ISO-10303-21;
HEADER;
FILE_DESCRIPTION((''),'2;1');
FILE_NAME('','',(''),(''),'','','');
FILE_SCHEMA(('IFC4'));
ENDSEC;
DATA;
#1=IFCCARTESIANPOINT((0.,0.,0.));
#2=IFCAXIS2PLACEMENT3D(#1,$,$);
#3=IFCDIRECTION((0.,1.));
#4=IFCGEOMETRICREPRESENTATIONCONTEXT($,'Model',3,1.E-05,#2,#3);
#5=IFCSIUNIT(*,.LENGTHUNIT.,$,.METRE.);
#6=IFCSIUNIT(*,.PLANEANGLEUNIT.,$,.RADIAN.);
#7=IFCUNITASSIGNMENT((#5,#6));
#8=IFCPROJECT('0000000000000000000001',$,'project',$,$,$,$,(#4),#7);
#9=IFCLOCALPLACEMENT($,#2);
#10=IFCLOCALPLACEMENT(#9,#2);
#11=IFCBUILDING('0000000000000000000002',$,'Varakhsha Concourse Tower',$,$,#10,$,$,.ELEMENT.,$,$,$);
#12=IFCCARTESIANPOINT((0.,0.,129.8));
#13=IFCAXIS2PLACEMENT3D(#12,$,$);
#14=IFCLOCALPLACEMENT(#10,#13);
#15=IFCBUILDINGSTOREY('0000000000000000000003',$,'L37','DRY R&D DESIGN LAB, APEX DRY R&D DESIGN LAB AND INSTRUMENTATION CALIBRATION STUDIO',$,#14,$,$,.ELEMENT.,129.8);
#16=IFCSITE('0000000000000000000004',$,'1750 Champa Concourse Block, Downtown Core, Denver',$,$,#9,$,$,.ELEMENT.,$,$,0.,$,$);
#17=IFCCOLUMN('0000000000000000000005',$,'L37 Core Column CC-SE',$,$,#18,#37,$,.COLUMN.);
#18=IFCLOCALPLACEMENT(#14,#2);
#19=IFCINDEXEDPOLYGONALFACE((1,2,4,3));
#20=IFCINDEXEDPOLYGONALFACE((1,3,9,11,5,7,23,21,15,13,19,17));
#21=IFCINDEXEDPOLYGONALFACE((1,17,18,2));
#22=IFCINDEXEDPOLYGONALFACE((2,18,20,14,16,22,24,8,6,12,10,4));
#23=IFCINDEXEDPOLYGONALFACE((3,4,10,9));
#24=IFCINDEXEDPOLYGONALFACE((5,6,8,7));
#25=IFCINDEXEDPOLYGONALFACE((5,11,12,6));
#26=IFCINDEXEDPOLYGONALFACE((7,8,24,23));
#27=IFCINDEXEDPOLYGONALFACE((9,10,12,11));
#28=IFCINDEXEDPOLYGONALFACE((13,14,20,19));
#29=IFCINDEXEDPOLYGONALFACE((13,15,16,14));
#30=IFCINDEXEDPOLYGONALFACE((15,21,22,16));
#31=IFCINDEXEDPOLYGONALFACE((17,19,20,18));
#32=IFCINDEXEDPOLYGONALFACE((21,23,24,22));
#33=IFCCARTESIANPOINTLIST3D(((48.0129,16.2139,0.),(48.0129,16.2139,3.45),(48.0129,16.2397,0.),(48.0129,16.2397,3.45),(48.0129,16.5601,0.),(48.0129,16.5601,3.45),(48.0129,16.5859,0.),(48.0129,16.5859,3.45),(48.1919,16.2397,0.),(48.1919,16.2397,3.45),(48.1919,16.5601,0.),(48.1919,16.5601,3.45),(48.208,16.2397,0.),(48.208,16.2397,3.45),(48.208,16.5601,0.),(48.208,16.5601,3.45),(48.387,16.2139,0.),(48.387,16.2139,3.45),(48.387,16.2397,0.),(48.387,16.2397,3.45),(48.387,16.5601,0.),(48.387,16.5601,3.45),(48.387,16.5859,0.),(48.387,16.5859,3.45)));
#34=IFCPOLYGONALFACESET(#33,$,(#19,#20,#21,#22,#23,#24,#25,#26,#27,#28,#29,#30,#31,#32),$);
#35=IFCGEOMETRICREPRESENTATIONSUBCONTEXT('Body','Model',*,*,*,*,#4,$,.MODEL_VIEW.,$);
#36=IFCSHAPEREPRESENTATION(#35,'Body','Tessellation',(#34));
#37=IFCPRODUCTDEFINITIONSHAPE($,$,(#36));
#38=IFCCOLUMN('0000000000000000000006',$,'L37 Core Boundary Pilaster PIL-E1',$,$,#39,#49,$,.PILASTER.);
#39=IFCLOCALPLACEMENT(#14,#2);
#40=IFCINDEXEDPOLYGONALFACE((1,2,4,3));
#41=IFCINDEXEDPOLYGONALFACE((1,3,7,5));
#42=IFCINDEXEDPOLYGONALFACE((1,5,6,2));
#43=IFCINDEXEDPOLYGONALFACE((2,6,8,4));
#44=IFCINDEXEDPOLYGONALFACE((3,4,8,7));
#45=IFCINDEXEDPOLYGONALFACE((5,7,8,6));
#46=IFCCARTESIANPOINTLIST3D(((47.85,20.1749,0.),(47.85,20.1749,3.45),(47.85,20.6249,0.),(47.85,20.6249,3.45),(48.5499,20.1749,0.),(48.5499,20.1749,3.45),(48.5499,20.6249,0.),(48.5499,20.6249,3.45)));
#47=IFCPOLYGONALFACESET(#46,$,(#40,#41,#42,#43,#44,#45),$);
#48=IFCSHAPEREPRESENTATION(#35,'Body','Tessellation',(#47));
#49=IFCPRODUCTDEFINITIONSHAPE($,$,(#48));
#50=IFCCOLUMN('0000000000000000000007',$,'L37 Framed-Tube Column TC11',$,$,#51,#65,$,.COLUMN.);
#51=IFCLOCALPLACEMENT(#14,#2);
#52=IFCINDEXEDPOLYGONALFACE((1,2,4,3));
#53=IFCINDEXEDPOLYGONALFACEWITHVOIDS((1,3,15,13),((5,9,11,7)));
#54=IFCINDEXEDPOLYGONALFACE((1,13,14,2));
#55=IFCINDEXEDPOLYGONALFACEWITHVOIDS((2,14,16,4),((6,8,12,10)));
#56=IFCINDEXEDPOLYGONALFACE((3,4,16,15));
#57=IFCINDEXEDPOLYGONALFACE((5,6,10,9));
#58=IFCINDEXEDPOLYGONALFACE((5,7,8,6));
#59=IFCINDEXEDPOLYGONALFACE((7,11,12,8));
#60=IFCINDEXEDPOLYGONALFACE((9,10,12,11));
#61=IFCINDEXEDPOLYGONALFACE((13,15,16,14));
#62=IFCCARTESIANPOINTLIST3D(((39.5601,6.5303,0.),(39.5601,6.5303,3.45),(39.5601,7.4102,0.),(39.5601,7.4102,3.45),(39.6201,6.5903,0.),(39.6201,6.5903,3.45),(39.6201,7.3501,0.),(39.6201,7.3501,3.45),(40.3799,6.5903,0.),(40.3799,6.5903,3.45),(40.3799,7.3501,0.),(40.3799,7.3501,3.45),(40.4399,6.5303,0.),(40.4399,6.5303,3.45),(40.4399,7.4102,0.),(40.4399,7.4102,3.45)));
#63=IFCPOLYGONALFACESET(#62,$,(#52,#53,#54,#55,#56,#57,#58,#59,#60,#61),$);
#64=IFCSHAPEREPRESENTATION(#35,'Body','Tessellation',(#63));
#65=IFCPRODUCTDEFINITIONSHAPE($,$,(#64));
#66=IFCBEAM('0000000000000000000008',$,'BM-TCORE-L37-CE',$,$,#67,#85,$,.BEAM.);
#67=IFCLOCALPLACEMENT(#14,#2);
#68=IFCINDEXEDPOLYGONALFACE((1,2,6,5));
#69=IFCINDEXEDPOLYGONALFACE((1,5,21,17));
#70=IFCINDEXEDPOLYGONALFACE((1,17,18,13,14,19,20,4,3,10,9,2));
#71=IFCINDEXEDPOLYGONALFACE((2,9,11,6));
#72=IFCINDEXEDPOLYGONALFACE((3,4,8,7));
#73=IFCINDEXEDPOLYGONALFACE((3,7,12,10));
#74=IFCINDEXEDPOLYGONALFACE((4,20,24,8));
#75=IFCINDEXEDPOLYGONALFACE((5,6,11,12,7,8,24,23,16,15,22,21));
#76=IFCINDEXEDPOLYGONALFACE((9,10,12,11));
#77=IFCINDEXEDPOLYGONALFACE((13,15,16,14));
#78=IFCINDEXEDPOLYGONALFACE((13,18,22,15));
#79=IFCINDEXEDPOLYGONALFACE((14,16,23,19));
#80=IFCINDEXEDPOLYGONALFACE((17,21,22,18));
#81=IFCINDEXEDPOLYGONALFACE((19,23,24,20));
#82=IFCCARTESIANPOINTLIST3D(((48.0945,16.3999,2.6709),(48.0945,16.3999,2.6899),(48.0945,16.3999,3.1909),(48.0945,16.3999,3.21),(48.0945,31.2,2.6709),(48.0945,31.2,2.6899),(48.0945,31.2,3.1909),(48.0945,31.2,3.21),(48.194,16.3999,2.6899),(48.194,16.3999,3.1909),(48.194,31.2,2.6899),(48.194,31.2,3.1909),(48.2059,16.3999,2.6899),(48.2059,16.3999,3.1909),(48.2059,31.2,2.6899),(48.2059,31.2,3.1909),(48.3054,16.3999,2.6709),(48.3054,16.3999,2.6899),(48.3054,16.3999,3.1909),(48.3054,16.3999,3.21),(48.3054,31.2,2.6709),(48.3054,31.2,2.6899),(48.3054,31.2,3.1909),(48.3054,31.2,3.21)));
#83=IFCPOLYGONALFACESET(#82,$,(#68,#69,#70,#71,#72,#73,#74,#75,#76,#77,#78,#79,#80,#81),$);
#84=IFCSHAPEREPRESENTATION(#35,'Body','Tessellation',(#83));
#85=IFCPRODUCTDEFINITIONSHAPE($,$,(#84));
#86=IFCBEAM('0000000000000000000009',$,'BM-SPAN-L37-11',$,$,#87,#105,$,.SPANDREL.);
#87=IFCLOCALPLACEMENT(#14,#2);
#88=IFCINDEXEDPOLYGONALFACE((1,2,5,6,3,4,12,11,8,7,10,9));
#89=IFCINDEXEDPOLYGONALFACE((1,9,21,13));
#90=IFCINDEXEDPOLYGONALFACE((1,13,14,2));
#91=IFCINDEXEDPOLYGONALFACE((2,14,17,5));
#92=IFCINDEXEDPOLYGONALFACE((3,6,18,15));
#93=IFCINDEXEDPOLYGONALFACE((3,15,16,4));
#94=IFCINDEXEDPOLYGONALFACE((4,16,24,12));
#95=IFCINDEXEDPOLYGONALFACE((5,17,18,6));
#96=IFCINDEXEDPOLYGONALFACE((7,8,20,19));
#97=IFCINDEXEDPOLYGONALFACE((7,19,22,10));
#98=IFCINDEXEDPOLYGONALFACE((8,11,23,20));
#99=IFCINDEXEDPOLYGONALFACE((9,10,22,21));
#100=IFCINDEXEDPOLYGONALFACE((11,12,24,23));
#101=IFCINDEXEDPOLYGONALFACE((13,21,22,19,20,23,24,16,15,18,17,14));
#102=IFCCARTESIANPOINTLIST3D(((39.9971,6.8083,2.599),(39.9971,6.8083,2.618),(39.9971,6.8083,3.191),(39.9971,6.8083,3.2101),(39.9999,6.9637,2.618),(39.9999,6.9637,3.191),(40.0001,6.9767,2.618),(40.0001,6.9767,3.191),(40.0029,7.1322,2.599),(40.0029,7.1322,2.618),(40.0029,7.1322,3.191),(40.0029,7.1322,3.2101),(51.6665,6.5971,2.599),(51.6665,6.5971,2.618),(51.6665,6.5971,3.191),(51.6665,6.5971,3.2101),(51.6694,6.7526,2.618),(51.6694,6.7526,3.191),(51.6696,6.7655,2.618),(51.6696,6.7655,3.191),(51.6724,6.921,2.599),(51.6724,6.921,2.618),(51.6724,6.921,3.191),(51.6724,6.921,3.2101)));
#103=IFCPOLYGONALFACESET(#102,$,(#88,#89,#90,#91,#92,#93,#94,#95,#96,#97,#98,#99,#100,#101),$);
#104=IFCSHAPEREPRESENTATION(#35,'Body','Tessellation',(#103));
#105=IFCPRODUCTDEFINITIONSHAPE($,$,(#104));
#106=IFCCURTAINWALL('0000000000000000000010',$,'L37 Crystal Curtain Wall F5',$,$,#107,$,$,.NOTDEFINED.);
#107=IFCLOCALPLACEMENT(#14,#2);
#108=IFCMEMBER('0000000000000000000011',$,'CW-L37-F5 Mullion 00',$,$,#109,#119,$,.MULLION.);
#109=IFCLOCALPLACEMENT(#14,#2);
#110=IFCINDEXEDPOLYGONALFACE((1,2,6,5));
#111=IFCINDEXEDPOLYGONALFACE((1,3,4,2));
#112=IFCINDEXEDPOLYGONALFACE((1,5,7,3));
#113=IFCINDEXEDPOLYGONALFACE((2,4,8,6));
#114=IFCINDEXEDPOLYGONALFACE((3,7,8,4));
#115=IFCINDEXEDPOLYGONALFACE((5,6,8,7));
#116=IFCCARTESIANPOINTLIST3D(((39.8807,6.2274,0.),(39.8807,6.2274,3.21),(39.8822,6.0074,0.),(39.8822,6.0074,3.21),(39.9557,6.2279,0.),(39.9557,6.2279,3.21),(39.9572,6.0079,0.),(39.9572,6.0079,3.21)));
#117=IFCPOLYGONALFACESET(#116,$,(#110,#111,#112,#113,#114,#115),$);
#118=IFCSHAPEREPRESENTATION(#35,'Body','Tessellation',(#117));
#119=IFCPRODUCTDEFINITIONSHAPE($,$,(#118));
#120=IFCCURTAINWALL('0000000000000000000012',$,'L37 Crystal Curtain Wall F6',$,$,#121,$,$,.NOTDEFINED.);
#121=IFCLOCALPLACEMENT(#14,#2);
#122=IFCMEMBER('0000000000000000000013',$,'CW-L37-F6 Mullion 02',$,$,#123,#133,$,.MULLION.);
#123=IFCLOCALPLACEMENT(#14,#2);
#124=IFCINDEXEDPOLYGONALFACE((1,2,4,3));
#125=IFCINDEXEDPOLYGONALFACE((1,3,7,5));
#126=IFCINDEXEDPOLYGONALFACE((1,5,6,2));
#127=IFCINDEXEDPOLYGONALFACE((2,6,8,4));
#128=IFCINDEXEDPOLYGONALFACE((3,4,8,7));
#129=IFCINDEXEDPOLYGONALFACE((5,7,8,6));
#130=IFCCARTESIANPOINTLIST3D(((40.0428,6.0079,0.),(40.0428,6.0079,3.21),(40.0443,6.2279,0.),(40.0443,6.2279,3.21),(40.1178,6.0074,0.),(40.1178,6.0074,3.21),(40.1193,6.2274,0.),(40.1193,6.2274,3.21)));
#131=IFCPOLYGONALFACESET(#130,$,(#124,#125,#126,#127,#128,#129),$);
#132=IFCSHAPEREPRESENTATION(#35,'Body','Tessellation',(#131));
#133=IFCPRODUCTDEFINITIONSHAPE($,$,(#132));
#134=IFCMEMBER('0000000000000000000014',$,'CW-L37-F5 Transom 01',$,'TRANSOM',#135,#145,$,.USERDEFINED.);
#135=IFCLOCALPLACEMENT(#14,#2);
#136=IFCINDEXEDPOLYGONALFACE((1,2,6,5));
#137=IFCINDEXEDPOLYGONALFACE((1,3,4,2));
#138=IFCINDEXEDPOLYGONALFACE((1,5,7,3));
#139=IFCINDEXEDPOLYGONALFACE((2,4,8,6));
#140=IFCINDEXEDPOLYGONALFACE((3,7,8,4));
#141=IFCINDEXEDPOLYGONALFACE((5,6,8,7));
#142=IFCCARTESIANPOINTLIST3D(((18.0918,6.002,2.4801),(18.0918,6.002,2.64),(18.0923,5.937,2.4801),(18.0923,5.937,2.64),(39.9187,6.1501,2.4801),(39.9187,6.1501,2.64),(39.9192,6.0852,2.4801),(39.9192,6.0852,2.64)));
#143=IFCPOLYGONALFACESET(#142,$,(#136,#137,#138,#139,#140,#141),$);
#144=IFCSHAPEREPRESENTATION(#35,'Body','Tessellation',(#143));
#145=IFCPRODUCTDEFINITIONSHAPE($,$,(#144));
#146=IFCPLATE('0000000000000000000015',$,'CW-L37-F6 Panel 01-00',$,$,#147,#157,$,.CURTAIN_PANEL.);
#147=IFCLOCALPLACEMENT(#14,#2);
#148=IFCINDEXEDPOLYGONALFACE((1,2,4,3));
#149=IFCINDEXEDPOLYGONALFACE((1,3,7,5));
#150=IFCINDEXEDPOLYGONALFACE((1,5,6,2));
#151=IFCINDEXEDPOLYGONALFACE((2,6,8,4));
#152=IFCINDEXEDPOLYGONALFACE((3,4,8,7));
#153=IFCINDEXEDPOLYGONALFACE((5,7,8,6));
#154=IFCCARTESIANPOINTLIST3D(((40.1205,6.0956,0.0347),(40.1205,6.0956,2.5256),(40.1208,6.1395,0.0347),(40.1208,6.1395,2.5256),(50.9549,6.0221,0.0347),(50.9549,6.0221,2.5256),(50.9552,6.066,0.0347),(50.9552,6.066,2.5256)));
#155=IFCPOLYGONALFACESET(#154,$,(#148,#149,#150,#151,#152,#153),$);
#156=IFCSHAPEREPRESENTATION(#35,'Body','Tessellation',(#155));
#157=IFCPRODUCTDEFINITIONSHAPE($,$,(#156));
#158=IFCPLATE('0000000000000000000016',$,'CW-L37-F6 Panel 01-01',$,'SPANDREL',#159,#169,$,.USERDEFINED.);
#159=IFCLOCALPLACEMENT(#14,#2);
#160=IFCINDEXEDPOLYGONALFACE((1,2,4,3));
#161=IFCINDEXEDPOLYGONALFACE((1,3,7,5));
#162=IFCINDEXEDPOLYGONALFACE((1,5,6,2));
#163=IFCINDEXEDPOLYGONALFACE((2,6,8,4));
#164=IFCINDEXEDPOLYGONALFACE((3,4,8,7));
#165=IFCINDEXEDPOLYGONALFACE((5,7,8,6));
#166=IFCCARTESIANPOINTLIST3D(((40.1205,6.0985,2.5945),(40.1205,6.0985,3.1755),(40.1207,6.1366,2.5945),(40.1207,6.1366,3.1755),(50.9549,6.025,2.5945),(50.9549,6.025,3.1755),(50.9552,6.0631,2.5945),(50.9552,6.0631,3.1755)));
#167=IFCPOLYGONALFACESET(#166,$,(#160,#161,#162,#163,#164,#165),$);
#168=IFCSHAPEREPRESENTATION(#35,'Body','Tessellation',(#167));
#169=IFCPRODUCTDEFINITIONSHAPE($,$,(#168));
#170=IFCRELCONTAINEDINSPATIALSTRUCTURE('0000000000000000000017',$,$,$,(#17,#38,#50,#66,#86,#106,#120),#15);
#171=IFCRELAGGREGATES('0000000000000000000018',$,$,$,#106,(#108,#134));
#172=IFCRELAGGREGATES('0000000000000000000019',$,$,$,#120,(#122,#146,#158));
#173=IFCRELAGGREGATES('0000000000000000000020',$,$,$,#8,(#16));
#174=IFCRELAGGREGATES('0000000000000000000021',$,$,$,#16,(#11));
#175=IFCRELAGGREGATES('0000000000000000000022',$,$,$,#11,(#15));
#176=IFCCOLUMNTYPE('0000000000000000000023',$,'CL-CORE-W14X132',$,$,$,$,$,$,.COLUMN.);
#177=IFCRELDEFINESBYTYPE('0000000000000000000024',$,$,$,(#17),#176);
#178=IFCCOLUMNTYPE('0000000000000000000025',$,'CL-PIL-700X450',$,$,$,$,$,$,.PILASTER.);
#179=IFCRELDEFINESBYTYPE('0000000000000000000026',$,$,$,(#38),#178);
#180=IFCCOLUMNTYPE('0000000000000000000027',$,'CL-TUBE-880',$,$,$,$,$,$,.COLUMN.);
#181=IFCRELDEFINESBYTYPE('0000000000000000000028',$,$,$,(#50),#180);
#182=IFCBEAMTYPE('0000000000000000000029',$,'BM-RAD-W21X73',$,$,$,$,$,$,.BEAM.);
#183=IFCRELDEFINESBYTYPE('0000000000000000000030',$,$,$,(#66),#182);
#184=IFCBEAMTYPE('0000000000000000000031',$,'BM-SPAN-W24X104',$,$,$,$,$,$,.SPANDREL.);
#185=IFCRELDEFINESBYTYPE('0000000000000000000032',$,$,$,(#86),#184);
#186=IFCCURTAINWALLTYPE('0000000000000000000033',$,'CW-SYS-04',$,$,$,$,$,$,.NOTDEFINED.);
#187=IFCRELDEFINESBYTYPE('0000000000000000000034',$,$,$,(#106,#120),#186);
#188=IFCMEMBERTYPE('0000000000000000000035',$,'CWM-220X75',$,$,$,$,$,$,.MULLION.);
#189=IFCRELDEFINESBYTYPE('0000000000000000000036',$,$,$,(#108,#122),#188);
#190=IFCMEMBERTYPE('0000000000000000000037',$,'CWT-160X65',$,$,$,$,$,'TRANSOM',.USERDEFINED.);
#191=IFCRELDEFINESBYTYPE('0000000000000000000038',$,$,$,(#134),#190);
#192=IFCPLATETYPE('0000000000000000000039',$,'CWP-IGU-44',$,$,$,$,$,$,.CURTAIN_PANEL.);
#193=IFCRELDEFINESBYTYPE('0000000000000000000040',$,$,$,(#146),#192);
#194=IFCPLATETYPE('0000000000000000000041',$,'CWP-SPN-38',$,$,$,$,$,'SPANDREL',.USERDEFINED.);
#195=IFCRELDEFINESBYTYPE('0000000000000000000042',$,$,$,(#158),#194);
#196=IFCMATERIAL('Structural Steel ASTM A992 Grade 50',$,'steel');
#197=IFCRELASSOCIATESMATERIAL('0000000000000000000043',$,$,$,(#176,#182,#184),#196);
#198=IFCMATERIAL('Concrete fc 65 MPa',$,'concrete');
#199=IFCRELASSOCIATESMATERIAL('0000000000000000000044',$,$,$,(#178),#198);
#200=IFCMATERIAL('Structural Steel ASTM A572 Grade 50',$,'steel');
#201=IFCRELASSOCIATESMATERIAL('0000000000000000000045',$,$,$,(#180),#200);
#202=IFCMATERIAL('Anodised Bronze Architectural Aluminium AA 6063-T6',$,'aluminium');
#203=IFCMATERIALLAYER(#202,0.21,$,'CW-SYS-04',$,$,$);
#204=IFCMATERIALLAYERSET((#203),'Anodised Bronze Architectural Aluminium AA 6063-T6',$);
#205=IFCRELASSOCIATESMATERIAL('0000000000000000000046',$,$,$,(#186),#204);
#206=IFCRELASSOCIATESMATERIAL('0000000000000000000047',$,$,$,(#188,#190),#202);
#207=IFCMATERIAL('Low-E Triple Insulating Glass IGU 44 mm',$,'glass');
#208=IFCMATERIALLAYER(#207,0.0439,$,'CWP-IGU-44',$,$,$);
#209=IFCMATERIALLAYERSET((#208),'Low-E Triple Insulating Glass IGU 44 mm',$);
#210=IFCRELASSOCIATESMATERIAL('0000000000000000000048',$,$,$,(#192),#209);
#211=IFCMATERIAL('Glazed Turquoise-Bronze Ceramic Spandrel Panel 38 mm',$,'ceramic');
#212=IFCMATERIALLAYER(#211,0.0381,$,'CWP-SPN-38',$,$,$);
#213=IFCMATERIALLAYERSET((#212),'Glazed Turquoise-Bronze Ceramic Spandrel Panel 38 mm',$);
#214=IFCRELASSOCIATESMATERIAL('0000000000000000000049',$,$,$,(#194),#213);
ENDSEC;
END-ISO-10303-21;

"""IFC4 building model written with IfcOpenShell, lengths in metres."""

from ifc_helpers import new_model, si_unit, direction, frame, origin, origin_2d, place, context, subcontext, project, spatial, rectangle, hollow_rectangle, i_section, extrude, source, transform, mapped, material, layer, layer_set, material_profile, profile_set, type_object, type_shapes, element, aggregate, save


model = new_model("IFC4")

# Units and contexts
model_context = context("Model", 3, precision=1e-05, world=origin(), true_north=direction((0.0, 1.0)))
body_context = subcontext(model_context, "Body", "Model", "MODEL_VIEW")
ifc_project = project(units=[si_unit("LENGTHUNIT", "METRE"), si_unit("PLANEANGLEUNIT", "RADIAN")], contexts=[model_context])

# Site, building, storey
site_placement = place(None, origin())
site = spatial("IfcSite", under=ifc_project, at=site_placement, Name="1750 Champa Concourse Block, Downtown Core, Denver", CompositionType="ELEMENT", RefElevation=0.0)
building_placement = place(site_placement, origin())
building = spatial("IfcBuilding", under=site, at=building_placement, Name="Varakhsha Concourse Tower", CompositionType="ELEMENT")
storey_placement = place(building_placement, frame((0.0, 0.0, 129.8)))
storey = spatial("IfcBuildingStorey", under=building, at=storey_placement, Name="L37", Description="DRY R&D DESIGN LAB, APEX DRY R&D DESIGN LAB AND INSTRUMENTATION CALIBRATION STUDIO", CompositionType="ELEMENT", Elevation=129.8)

# Columns
ifc_material_1 = material(Name="Structural Steel ASTM A992 Grade 50", Category="steel")
ifc_material_profile_1 = material_profile(ifc_material_1, i_section(OverallWidth=0.374, OverallDepth=0.3721, WebThickness=0.0161, FlangeThickness=0.0259, at=origin_2d()), Name="W14X132")
ifc_profile_set_1 = profile_set([ifc_material_profile_1], Name="Structural Steel ASTM A992 Grade 50")
column_type_1 = type_object("IfcColumnType", Name="CL-CORE-W14X132", PredefinedType="COLUMN", material=ifc_profile_set_1)
column_1_placement = place(storey_placement, frame((48.2, 16.3999, 0.0), z_axis=(0.0, 0.0, 1.0), x_axis=(1.0, 0.0, 0.0)))
element("IfcColumn", 1, at=column_1_placement, inside=storey, type_object=column_type_1, Name="L37 Core Column CC-SE", PredefinedType="COLUMN", context=body_context, shape_type="SweptSolid", body=[
    extrude(i_section(OverallWidth=0.374, OverallDepth=0.3721, WebThickness=0.0161, FlangeThickness=0.0259, at=origin_2d()), origin(), (0.0, 0.0, 1.0), 3.45),
])
ifc_material_2 = material(Name="Concrete fc 65 MPa", Category="concrete")
ifc_material_profile_2 = material_profile(ifc_material_2, rectangle(XDim=0.7, YDim=0.45, at=origin_2d()), Name="RC 700x450")
ifc_profile_set_2 = profile_set([ifc_material_profile_2], Name="Concrete fc 65 MPa")
column_type_2 = type_object("IfcColumnType", Name="CL-PIL-700X450", PredefinedType="PILASTER", material=ifc_profile_set_2)
column_2_placement = place(storey_placement, frame((48.2, 20.3999, 0.0), z_axis=(0.0, 0.0, 1.0), x_axis=(1.0, 0.0, 0.0)))
element("IfcColumn", 2, at=column_2_placement, inside=storey, type_object=column_type_2, Name="L37 Core Boundary Pilaster PIL-E1", PredefinedType="PILASTER", context=body_context, shape_type="SweptSolid", body=[
    extrude(rectangle(XDim=0.7, YDim=0.45, at=origin_2d()), origin(), (0.0, 0.0, 1.0), 3.45),
])
ifc_material_3 = material(Name="Structural Steel ASTM A572 Grade 50", Category="steel")
ifc_material_profile_3 = material_profile(ifc_material_3, hollow_rectangle(XDim=0.8799, YDim=0.8799, WallThickness=0.0601, at=origin_2d()), Name="BOX 880x880x60")
ifc_profile_set_3 = profile_set([ifc_material_profile_3], Name="Structural Steel ASTM A572 Grade 50")
column_type_3 = type_object("IfcColumnType", Name="CL-TUBE-880", PredefinedType="COLUMN", material=ifc_profile_set_3)
column_3_placement = place(storey_placement, frame((40.0, 6.9702, 0.0), z_axis=(0.0, 0.0, 1.0), x_axis=(1.0, 0.0, 0.0)))
element("IfcColumn", 3, at=column_3_placement, inside=storey, type_object=column_type_3, Name="L37 Framed-Tube Column TC11", PredefinedType="COLUMN", context=body_context, shape_type="SweptSolid", body=[
    extrude(hollow_rectangle(XDim=0.8799, YDim=0.8799, WallThickness=0.0601, at=origin_2d()), origin(), (0.0, 0.0, 1.0), 3.45),
])

# Beams
ifc_material_profile_4 = material_profile(ifc_material_1, i_section(OverallWidth=0.2109, OverallDepth=0.5391, WebThickness=0.012, FlangeThickness=0.019, at=origin_2d()), Name="W21X73")
ifc_profile_set_4 = profile_set([ifc_material_profile_4], Name="Structural Steel ASTM A992 Grade 50")
beam_type_1 = type_object("IfcBeamType", Name="BM-RAD-W21X73", PredefinedType="BEAM", material=ifc_profile_set_4)
beam_1_placement = place(storey_placement, frame((48.2, 16.3999, 2.9404), z_axis=(0.0, 1.0, 0.0), x_axis=(-1.0, 0.0, 0.0)))
element("IfcBeam", 4, at=beam_1_placement, inside=storey, type_object=beam_type_1, Name="BM-TCORE-L37-CE", PredefinedType="BEAM", context=body_context, shape_type="SweptSolid", body=[
    extrude(i_section(OverallWidth=0.2109, OverallDepth=0.5391, WebThickness=0.012, FlangeThickness=0.019, at=origin_2d()), origin(), (0.0, 0.0, 1.0), 14.8),
])
ifc_material_profile_5 = material_profile(ifc_material_1, i_section(OverallWidth=0.324, OverallDepth=0.6111, WebThickness=0.0129, FlangeThickness=0.019, at=origin_2d()), Name="W24X104")
ifc_profile_set_5 = profile_set([ifc_material_profile_5], Name="Structural Steel ASTM A992 Grade 50")
beam_type_2 = type_object("IfcBeamType", Name="BM-SPAN-W24X104", PredefinedType="SPANDREL", material=ifc_profile_set_5)
beam_2_placement = place(storey_placement, frame((40.0, 6.9702, 2.9045), z_axis=(0.999836, -0.018094, 0.0), x_axis=(0.018094, 0.999836, 0.0)))
element("IfcBeam", 5, at=beam_2_placement, inside=storey, type_object=beam_type_2, Name="BM-SPAN-L37-11", PredefinedType="SPANDREL", context=body_context, shape_type="SweptSolid", body=[
    extrude(i_section(OverallWidth=0.324, OverallDepth=0.6111, WebThickness=0.0129, FlangeThickness=0.019, at=origin_2d()), origin(), (0.0, 0.0, 1.0), 11.6714),
])

# Curtain walls, members
ifc_material_4 = material(Name="Anodised Bronze Architectural Aluminium AA 6063-T6", Category="aluminium")
ifc_layer_1 = layer(ifc_material_4, 0.21, Name="CW-SYS-04")
ifc_layer_set_1 = layer_set([ifc_layer_1], Name="Anodised Bronze Architectural Aluminium AA 6063-T6")
curtain_wall_type = type_object("IfcCurtainWallType", Name="CW-SYS-04", PredefinedType="NOTDEFINED", material=ifc_layer_set_1)
curtain_wall_1_placement = place(storey_placement, origin())
curtain_wall_1 = element("IfcCurtainWall", 6, at=curtain_wall_1_placement, inside=storey, type_object=curtain_wall_type, Name="L37 Crystal Curtain Wall F5", PredefinedType="NOTDEFINED")
ifc_material_profile_6 = material_profile(ifc_material_4, rectangle(XDim=0.075, YDim=0.22, at=origin_2d()), Name="CWM-220X75")
ifc_profile_set_6 = profile_set([ifc_material_profile_6], Name="Anodised Bronze Architectural Aluminium AA 6063-T6")
member_type_1 = type_object("IfcMemberType", Name="CWM-220X75", PredefinedType="MULLION", material=ifc_profile_set_6)
shared_shape_1 = source(origin(), body_context, "Body", "SweptSolid", [
    extrude(rectangle(XDim=0.075, YDim=0.22, at=origin_2d()), origin(), (0.0, 0.0, 1.0), 3.21),
])
type_shapes(member_type_1, [shared_shape_1])
member_1_placement = place(storey_placement, frame((39.9189, 6.1177, 0.0), z_axis=(0.0, 0.0, 1.0), x_axis=(-0.999977, -0.006786, 0.0)))
member_1 = element("IfcMember", 7, at=member_1_placement, type_object=member_type_1, Name="CW-L37-F5 Mullion 00", PredefinedType="MULLION", context=body_context, shape_type="MappedRepresentation", body=[
    mapped(shared_shape_1, transform((0.0, 0.0, 0.0), scale=1.0)),
])
curtain_wall_2_placement = place(storey_placement, origin())
curtain_wall_2 = element("IfcCurtainWall", 8, at=curtain_wall_2_placement, inside=storey, type_object=curtain_wall_type, Name="L37 Crystal Curtain Wall F6", PredefinedType="NOTDEFINED")
member_2_placement = place(storey_placement, frame((40.0811, 6.1177, 0.0), z_axis=(0.0, 0.0, 1.0), x_axis=(-0.999977, 0.006786, 0.0)))
member_2 = element("IfcMember", 9, at=member_2_placement, type_object=member_type_1, Name="CW-L37-F6 Mullion 02", PredefinedType="MULLION", context=body_context, shape_type="MappedRepresentation", body=[
    mapped(shared_shape_1, transform((0.0, 0.0, 0.0), scale=1.0)),
])

# Member
ifc_material_profile_7 = material_profile(ifc_material_4, rectangle(XDim=0.0649, YDim=0.1599, at=origin_2d()), Name="CWT-160X65")
ifc_profile_set_7 = profile_set([ifc_material_profile_7], Name="Anodised Bronze Architectural Aluminium AA 6063-T6")
member_type_2 = type_object("IfcMemberType", Name="CWT-160X65", ElementType="TRANSOM", PredefinedType="USERDEFINED", material=ifc_profile_set_7)
shared_shape_2 = source(origin(), body_context, "Body", "SweptSolid", [
    extrude(rectangle(XDim=0.0649, YDim=0.1599, at=origin_2d()), origin(), (0.0, 0.0, 1.0), 21.8274),
])
type_shapes(member_type_2, [shared_shape_2])
member_3_placement = place(storey_placement, frame((39.9189, 6.1177, 2.5601), z_axis=(-0.999977, -0.006789, 0.0), x_axis=(0.006789, -0.999977, 0.0)))
member_3 = element("IfcMember", 10, at=member_3_placement, type_object=member_type_2, Name="CW-L37-F5 Transom 01", ObjectType="TRANSOM", PredefinedType="USERDEFINED", context=body_context, shape_type="MappedRepresentation", body=[
    mapped(shared_shape_2, transform((0.0, 0.0, 0.0), scale=1.0)),
])
aggregate(curtain_wall_1, [member_1, member_3])

# Plates
ifc_material_5 = material(Name="Low-E Triple Insulating Glass IGU 44 mm", Category="glass")
ifc_layer_2 = layer(ifc_material_5, 0.0439, Name="CWP-IGU-44")
ifc_layer_set_2 = layer_set([ifc_layer_2], Name="Low-E Triple Insulating Glass IGU 44 mm")
plate_type_1 = type_object("IfcPlateType", Name="CWP-IGU-44", PredefinedType="CURTAIN_PANEL", material=ifc_layer_set_2)
shared_shape_3 = source(origin(), body_context, "Body", "SweptSolid", [
    extrude(rectangle(XDim=10.8347, YDim=0.0439, at=origin_2d()), origin(), (0.0, 0.0, 1.0), 2.491),
])
type_shapes(plate_type_1, [shared_shape_3])
plate_1_placement = place(storey_placement, frame((45.5378, 6.0808, 0.0347), z_axis=(0.0, 0.0, 1.0), x_axis=(-0.999977, 0.006786, 0.0)))
plate_1 = element("IfcPlate", 11, at=plate_1_placement, type_object=plate_type_1, Name="CW-L37-F6 Panel 01-00", PredefinedType="CURTAIN_PANEL", context=body_context, shape_type="MappedRepresentation", body=[
    mapped(shared_shape_3, transform((0.0, 0.0, 0.0), scale=1.0)),
])
ifc_material_6 = material(Name="Glazed Turquoise-Bronze Ceramic Spandrel Panel 38 mm", Category="ceramic")
ifc_layer_3 = layer(ifc_material_6, 0.0381, Name="CWP-SPN-38")
ifc_layer_set_3 = layer_set([ifc_layer_3], Name="Glazed Turquoise-Bronze Ceramic Spandrel Panel 38 mm")
plate_type_2 = type_object("IfcPlateType", Name="CWP-SPN-38", ElementType="SPANDREL", PredefinedType="USERDEFINED", material=ifc_layer_set_3)
shared_shape_4 = source(origin(), body_context, "Body", "SweptSolid", [
    extrude(rectangle(XDim=10.8347, YDim=0.0381, at=origin_2d()), origin(), (0.0, 0.0, 1.0), 0.5811),
])
type_shapes(plate_type_2, [shared_shape_4])
plate_2_placement = place(storey_placement, frame((45.5378, 6.0808, 2.5945), z_axis=(0.0, 0.0, 1.0), x_axis=(-0.999977, 0.006786, 0.0)))
plate_2 = element("IfcPlate", 12, at=plate_2_placement, type_object=plate_type_2, Name="CW-L37-F6 Panel 01-01", ObjectType="SPANDREL", PredefinedType="USERDEFINED", context=body_context, shape_type="MappedRepresentation", body=[
    mapped(shared_shape_4, transform((0.0, 0.0, 0.0), scale=1.0)),
])
aggregate(curtain_wall_2, [member_2, plate_1, plate_2])

save(model, "model.ifc")
